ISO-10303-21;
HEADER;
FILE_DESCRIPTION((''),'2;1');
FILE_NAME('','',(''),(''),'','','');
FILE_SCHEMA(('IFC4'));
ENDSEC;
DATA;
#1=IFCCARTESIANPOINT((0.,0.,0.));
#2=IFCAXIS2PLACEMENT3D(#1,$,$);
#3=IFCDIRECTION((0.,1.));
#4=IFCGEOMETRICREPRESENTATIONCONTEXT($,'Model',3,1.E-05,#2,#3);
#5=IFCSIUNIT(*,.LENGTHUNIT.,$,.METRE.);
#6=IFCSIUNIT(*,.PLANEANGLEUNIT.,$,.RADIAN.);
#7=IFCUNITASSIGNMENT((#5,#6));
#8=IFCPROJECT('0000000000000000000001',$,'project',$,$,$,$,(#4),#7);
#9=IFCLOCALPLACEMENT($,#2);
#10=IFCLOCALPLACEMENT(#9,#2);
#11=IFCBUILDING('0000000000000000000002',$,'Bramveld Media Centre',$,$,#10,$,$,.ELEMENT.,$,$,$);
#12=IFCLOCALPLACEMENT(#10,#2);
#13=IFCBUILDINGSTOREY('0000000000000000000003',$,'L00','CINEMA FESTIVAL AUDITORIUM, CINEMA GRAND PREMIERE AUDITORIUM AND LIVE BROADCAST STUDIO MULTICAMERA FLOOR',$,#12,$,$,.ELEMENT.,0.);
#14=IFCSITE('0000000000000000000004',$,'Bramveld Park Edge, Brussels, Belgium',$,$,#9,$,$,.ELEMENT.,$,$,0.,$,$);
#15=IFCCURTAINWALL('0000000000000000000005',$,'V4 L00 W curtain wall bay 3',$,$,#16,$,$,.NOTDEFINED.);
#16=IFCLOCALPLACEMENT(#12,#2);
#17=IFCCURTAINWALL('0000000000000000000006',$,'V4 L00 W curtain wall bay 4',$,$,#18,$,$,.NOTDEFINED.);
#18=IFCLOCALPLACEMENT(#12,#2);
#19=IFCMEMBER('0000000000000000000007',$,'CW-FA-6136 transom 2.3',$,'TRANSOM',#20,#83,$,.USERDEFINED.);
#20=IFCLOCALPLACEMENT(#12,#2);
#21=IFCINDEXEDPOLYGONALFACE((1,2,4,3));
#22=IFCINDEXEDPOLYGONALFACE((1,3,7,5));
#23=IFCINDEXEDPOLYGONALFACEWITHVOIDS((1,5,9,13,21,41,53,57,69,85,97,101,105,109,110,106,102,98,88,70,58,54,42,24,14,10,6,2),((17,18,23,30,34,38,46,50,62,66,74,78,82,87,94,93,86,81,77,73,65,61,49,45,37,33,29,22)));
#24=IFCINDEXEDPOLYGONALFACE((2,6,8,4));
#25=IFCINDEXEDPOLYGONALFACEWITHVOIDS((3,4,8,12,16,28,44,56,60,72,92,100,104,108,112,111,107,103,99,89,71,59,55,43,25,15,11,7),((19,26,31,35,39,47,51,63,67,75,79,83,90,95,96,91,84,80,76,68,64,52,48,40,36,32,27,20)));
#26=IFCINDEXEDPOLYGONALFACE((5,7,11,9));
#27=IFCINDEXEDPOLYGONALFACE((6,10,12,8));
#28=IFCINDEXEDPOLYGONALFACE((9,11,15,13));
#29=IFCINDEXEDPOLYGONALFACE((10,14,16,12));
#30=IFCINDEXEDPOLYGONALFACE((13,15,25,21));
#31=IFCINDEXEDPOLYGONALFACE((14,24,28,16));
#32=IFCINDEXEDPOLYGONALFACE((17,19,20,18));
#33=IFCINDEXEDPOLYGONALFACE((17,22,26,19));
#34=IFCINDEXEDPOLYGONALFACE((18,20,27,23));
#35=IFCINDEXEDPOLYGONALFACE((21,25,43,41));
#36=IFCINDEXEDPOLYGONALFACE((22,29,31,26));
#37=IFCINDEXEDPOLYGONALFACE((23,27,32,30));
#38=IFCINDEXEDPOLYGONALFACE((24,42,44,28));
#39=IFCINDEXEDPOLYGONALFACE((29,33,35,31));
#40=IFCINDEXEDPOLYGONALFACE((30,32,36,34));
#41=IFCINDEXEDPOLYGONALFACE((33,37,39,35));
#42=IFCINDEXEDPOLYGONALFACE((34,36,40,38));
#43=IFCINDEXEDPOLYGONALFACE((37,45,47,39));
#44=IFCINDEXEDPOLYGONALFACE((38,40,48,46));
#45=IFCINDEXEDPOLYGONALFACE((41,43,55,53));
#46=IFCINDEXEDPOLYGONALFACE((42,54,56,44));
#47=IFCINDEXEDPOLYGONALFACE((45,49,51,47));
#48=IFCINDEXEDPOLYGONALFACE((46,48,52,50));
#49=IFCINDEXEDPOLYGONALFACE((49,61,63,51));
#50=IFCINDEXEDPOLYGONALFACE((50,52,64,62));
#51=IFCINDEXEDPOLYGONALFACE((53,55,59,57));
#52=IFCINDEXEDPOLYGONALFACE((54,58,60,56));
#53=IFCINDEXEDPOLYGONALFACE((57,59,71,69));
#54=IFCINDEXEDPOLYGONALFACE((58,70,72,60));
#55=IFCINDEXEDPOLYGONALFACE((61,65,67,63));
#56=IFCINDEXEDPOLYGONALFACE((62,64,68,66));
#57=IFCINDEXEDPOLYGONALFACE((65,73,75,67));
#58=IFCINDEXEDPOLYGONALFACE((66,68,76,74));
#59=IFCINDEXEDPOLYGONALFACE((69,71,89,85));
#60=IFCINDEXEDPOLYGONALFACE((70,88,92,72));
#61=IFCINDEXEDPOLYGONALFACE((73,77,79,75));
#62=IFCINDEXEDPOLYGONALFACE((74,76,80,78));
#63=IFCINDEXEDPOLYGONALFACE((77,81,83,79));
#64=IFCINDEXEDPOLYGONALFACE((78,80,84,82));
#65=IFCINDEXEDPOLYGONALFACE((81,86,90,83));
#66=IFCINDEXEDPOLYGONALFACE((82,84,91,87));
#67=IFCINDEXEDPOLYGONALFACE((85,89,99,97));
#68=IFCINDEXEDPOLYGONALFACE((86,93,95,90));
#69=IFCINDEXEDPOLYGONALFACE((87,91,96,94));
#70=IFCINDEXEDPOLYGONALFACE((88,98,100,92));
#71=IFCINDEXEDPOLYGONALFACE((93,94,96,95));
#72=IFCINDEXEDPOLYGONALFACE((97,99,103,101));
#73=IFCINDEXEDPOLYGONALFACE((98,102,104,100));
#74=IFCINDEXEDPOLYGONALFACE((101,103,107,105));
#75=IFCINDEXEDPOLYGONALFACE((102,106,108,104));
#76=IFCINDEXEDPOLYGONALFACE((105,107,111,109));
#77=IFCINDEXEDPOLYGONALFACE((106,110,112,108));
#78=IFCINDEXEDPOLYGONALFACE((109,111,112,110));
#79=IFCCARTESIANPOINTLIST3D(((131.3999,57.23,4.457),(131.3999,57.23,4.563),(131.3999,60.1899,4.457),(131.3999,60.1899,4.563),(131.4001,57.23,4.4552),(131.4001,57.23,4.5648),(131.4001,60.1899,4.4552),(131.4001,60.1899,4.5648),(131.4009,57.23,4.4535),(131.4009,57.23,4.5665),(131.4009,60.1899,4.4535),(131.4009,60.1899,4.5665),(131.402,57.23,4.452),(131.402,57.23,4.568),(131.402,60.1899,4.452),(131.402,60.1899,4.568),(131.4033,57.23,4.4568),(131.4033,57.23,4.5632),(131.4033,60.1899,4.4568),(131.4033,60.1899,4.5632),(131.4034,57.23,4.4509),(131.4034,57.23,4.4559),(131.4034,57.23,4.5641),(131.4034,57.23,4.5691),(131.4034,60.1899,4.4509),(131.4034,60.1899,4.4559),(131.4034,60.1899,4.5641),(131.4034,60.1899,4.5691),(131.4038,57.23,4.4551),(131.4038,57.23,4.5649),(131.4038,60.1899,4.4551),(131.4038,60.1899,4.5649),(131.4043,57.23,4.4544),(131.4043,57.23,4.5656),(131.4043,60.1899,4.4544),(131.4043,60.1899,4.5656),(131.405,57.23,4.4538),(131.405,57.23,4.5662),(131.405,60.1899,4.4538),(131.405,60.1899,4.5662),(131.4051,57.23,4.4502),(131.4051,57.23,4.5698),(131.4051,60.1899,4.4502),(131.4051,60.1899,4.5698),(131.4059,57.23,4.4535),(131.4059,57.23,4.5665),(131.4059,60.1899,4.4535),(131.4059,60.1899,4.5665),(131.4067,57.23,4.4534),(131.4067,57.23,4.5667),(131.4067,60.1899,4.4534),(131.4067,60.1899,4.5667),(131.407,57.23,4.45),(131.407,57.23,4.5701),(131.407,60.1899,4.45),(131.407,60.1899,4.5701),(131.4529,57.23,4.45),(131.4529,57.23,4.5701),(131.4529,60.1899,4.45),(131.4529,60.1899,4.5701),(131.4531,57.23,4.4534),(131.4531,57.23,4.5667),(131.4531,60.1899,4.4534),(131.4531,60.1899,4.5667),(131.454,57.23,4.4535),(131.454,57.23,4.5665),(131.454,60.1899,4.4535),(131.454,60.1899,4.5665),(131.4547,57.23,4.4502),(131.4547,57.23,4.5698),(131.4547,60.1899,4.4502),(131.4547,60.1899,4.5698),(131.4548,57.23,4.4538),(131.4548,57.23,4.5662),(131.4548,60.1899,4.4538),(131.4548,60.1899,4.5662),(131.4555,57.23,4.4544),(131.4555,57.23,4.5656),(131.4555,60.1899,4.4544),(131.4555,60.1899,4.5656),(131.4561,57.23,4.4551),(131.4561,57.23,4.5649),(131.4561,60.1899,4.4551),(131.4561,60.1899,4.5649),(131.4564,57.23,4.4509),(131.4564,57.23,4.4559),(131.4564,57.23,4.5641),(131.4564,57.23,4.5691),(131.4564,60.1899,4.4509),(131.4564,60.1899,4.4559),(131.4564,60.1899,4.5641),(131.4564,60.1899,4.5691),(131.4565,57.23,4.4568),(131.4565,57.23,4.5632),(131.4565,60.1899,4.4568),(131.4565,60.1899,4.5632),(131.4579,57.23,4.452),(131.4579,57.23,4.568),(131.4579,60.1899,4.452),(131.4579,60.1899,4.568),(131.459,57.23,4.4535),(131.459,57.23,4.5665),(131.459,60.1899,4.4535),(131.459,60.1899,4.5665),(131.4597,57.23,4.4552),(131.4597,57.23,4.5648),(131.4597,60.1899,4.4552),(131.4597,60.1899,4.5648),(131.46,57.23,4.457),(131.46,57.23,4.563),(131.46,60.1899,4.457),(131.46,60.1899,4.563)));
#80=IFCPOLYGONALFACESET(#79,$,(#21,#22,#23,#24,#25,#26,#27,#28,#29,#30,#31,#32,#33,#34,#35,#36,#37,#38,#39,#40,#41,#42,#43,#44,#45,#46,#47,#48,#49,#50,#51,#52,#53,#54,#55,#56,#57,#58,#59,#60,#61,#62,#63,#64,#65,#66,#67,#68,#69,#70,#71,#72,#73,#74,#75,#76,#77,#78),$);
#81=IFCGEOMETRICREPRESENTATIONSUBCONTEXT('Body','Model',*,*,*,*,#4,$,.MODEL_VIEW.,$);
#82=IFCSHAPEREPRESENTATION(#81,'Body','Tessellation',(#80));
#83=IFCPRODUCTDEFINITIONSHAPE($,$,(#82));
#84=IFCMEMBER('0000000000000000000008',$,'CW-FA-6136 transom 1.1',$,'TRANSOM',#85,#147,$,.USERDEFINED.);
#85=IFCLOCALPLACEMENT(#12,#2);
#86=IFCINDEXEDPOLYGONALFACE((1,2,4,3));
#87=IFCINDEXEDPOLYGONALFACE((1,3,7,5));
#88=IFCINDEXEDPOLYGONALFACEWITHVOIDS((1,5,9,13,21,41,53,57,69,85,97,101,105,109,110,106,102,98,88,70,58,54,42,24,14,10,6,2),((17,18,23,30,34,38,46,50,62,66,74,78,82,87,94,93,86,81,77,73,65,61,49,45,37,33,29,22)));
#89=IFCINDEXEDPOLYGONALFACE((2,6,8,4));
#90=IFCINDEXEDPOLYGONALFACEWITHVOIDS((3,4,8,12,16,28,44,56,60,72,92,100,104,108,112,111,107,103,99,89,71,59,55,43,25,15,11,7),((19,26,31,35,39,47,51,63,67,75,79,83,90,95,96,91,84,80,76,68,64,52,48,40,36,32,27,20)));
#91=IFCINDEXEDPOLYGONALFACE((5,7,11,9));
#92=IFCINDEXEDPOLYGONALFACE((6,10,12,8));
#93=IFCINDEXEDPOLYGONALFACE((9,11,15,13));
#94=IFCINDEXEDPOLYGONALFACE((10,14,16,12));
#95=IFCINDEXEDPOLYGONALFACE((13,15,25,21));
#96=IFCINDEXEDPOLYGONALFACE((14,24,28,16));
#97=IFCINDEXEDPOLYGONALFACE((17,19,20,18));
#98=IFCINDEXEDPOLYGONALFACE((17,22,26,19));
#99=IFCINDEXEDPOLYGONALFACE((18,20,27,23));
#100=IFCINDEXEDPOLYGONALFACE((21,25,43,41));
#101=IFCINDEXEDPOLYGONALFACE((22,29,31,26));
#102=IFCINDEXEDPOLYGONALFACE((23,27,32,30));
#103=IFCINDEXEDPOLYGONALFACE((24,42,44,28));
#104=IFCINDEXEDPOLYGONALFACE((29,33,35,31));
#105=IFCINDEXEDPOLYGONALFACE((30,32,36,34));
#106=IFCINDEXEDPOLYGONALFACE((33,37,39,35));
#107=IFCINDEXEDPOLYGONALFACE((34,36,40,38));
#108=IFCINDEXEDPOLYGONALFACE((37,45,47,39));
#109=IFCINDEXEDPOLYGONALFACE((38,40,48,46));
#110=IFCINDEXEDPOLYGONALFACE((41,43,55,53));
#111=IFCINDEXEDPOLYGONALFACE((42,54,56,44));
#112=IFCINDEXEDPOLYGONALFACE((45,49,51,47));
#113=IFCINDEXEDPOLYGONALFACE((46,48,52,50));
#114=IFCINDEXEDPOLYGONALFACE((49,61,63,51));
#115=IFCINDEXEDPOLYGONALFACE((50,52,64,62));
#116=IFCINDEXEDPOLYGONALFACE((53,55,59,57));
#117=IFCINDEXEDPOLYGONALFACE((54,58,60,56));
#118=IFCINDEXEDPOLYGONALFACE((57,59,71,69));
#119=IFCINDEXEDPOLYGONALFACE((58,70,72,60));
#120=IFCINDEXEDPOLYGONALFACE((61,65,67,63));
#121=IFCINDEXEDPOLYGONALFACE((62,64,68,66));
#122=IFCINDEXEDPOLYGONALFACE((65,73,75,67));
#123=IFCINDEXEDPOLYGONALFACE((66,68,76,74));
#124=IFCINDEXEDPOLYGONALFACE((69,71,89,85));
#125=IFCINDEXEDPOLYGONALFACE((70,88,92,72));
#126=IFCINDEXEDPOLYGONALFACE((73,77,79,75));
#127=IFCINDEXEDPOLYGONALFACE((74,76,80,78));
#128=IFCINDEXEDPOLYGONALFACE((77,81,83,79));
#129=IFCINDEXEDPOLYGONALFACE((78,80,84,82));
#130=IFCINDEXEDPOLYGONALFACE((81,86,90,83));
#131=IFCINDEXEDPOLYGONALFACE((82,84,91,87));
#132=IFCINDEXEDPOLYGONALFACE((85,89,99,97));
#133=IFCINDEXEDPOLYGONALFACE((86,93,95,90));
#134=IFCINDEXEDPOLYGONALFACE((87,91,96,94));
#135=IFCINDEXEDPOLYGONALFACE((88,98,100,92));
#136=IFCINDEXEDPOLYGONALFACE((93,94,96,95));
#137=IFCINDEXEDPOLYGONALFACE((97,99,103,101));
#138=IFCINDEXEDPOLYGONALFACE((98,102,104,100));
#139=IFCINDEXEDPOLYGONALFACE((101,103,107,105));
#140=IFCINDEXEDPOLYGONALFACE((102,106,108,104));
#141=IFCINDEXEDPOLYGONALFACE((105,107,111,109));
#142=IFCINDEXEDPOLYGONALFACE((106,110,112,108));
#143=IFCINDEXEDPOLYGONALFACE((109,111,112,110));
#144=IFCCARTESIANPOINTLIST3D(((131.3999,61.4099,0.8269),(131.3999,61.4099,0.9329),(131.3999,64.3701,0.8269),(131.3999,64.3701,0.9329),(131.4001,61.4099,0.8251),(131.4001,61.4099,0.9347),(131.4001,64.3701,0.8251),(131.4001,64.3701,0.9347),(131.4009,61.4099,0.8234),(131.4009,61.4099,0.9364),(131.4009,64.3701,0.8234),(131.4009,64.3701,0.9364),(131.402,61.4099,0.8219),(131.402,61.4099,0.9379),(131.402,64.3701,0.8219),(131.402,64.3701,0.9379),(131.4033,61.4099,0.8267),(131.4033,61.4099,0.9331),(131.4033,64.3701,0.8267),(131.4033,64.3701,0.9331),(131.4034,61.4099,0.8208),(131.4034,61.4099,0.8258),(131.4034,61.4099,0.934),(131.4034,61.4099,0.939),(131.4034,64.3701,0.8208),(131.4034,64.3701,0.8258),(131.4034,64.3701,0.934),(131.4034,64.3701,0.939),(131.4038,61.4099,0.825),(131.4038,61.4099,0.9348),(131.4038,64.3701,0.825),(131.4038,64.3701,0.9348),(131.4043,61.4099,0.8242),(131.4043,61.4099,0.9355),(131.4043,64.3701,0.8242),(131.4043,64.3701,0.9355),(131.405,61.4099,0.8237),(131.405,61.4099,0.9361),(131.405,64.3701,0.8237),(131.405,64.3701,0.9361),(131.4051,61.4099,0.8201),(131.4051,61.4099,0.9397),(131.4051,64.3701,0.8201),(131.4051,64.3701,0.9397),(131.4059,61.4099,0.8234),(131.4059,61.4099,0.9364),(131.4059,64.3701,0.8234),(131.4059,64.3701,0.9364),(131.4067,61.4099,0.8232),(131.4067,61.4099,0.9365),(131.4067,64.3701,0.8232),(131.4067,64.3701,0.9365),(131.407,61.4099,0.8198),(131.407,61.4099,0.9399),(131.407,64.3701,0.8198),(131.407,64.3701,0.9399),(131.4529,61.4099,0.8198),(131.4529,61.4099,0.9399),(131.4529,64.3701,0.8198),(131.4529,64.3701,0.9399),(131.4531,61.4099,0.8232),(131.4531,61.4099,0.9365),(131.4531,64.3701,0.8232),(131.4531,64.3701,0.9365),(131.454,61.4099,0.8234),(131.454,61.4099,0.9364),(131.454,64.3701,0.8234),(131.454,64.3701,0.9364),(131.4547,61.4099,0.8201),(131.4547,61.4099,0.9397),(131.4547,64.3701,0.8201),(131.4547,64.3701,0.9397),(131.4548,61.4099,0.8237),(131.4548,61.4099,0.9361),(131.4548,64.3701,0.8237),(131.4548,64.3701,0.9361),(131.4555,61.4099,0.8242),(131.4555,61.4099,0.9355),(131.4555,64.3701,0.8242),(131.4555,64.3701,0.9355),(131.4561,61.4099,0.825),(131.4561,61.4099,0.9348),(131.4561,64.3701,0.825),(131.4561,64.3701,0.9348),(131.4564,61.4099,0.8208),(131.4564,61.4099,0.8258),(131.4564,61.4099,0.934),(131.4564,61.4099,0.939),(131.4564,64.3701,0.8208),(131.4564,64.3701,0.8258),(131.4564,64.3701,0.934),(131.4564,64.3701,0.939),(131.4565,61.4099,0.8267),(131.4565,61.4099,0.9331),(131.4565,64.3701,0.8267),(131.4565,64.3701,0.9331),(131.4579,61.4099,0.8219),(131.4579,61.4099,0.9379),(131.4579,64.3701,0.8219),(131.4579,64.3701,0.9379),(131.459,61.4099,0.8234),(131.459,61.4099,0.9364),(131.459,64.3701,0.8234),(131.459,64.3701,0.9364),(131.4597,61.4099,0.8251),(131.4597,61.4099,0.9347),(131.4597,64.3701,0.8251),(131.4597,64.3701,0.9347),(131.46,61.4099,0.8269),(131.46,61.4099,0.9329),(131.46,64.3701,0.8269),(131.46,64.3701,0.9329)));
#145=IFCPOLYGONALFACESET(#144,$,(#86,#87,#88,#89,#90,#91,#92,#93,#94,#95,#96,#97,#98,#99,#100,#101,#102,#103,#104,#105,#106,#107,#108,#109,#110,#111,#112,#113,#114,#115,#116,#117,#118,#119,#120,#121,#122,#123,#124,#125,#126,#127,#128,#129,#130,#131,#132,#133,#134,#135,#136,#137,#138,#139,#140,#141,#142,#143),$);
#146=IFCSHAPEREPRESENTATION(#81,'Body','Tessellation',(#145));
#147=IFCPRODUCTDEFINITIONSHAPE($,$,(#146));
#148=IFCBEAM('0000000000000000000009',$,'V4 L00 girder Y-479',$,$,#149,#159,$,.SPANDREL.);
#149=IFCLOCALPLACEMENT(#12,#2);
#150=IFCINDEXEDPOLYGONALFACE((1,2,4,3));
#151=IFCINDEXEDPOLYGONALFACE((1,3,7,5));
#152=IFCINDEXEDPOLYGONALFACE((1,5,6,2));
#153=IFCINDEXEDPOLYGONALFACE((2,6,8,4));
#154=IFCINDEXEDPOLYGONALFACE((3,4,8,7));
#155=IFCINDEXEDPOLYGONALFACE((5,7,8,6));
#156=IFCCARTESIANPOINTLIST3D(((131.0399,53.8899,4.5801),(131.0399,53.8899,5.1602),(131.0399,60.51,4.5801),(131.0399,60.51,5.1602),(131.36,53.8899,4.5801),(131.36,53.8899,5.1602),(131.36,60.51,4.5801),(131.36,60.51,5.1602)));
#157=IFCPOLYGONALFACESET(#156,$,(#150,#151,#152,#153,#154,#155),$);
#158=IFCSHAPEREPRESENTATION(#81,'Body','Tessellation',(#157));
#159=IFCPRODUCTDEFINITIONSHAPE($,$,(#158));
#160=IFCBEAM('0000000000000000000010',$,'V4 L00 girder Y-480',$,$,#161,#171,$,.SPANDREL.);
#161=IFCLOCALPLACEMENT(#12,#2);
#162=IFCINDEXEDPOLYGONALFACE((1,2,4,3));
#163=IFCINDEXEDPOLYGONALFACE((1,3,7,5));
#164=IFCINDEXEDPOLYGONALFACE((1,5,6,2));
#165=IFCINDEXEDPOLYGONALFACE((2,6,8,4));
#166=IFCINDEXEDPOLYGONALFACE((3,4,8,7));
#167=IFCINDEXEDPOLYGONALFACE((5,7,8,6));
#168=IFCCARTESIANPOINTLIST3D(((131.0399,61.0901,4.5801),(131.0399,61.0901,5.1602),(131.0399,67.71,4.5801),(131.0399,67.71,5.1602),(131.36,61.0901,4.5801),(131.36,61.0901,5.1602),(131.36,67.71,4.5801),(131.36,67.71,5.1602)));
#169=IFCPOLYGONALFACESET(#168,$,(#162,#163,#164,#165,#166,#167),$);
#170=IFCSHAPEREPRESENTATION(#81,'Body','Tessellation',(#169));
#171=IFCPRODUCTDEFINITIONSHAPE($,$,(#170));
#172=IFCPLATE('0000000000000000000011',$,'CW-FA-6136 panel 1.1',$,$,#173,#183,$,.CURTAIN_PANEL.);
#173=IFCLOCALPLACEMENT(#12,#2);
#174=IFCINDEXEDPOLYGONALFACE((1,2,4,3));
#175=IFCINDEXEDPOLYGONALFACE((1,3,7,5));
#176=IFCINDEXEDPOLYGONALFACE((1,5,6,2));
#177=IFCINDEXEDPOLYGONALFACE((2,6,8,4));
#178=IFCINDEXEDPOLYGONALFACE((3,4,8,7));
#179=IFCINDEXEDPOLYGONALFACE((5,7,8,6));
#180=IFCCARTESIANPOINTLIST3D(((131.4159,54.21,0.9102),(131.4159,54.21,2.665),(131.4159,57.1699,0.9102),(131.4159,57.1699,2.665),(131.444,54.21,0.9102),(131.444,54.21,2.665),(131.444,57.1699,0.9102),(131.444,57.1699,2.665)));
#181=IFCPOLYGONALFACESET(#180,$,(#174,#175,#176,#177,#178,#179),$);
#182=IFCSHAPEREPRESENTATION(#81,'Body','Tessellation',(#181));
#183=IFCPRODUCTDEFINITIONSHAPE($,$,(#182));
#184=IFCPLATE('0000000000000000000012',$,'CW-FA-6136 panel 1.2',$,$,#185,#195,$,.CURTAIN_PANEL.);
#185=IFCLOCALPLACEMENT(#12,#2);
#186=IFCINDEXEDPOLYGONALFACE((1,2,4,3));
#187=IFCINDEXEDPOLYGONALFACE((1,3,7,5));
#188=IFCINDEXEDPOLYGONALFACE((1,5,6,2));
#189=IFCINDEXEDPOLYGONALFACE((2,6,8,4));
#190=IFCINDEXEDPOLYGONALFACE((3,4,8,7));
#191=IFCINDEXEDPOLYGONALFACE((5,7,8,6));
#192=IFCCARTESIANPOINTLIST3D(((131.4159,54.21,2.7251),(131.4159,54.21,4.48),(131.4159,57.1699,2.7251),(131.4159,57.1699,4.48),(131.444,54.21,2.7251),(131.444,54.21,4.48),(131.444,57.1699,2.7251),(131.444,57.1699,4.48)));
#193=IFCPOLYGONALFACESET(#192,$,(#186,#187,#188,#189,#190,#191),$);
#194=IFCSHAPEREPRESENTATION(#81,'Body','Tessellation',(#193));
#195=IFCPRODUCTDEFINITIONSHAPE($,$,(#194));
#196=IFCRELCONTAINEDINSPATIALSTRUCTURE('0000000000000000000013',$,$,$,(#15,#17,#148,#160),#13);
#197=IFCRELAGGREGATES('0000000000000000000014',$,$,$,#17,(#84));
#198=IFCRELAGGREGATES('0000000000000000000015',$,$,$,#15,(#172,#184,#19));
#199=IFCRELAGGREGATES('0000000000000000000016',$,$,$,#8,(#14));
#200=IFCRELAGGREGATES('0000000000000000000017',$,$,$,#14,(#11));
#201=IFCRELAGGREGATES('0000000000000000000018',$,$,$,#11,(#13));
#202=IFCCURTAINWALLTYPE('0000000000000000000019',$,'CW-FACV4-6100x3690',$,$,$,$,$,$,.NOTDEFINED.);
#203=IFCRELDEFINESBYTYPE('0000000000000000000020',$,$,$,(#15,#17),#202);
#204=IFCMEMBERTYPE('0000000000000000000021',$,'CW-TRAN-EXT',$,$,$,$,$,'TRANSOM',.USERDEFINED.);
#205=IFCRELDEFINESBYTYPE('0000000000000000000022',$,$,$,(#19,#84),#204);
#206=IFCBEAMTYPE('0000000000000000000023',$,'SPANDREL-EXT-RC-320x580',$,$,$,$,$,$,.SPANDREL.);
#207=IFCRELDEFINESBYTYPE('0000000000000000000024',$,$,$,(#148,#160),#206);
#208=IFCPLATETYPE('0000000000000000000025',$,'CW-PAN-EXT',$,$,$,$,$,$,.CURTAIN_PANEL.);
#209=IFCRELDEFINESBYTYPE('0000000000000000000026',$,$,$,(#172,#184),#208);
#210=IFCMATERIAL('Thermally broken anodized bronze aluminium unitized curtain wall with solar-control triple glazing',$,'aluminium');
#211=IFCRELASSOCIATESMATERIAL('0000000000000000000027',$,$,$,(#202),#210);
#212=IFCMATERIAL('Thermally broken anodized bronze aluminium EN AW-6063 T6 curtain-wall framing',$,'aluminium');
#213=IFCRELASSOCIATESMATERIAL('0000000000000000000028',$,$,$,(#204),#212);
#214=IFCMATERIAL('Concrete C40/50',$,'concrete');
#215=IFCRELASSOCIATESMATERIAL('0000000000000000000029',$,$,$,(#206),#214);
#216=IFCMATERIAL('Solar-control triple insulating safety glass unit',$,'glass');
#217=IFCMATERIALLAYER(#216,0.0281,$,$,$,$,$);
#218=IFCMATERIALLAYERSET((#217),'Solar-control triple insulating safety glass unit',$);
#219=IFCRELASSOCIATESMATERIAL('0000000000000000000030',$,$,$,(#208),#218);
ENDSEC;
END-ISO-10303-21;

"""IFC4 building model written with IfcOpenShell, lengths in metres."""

from ifc_helpers import new_model, si_unit, direction, frame, origin, origin_2d, place, context, subcontext, project, spatial, rectangle, hollow_rectangle, extrude, material, layer, layer_set, material_profile, profile_set, type_object, element, aggregate, save


model = new_model("IFC4")

# Units and contexts
model_context = context("Model", 3, precision=1e-05, world=origin(), true_north=direction((0.0, 1.0)))
body_context = subcontext(model_context, "Body", "Model", "MODEL_VIEW")
ifc_project = project(units=[si_unit("LENGTHUNIT", "METRE"), si_unit("PLANEANGLEUNIT", "RADIAN")], contexts=[model_context])

# Site, building, storey
site_placement = place(None, origin())
site = spatial("IfcSite", under=ifc_project, at=site_placement, Name="Bramveld Park Edge, Brussels, Belgium", CompositionType="ELEMENT", RefElevation=0.0)
building_placement = place(site_placement, origin())
building = spatial("IfcBuilding", under=site, at=building_placement, Name="Bramveld Media Centre", CompositionType="ELEMENT")
storey_placement = place(building_placement, origin())
storey = spatial("IfcBuildingStorey", under=building, at=storey_placement, Name="L00", Description="CINEMA FESTIVAL AUDITORIUM, CINEMA GRAND PREMIERE AUDITORIUM AND LIVE BROADCAST STUDIO MULTICAMERA FLOOR", CompositionType="ELEMENT", Elevation=0.0)

# Curtain wall
ifc_material_1 = material(Name="Thermally broken anodized bronze aluminium unitized curtain wall with solar-control triple glazing", Category="aluminium")
curtain_wall_type = type_object("IfcCurtainWallType", Name="CW-FACV4-6100x3690", PredefinedType="NOTDEFINED", material=ifc_material_1)
curtain_wall_1_placement = place(storey_placement, origin())
curtain_wall_1 = element("IfcCurtainWall", 1, at=curtain_wall_1_placement, inside=storey, type_object=curtain_wall_type, Name="V4 L00 W curtain wall bay 3", PredefinedType="NOTDEFINED")

# Curtain wall
curtain_wall_2_placement = place(storey_placement, origin())
curtain_wall_2 = element("IfcCurtainWall", 2, at=curtain_wall_2_placement, inside=storey, type_object=curtain_wall_type, Name="V4 L00 W curtain wall bay 4", PredefinedType="NOTDEFINED")

# Members
ifc_material_2 = material(Name="Thermally broken anodized bronze aluminium EN AW-6063 T6 curtain-wall framing", Category="aluminium")
ifc_material_profile_1 = material_profile(ifc_material_2, hollow_rectangle(XDim=0.0601, YDim=0.1201, WallThickness=0.0034, InnerFilletRadius=0.0034, OuterFilletRadius=0.0071, at=origin_2d()), Name="AL-TRAN 60x120")
ifc_profile_set_1 = profile_set([ifc_material_profile_1], Name="Thermally broken anodized bronze aluminium EN AW-6063 T6 curtain-wall framing")
member_type_1 = type_object("IfcMemberType", Name="CW-TRAN-EXT", ElementType="TRANSOM", PredefinedType="USERDEFINED", material=ifc_profile_set_1)
member_1_placement = place(storey_placement, frame((131.4299, 57.23, 4.51), z_axis=(0.0, 1.0, 0.0), x_axis=(-1.0, 0.0, 0.0)))
member_1 = element("IfcMember", 3, at=member_1_placement, type_object=member_type_1, Name="CW-FA-6136 transom 2.3", ObjectType="TRANSOM", PredefinedType="USERDEFINED", context=body_context, shape_type="SweptSolid", body=[
    extrude(hollow_rectangle(XDim=0.0601, YDim=0.1201, WallThickness=0.0034, InnerFilletRadius=0.0034, OuterFilletRadius=0.0071, at=origin_2d()), origin(), (0.0, 0.0, 1.0), 2.96),
])
member_2_placement = place(storey_placement, frame((131.4299, 61.4099, 0.8799), z_axis=(0.0, 1.0, 0.0), x_axis=(-1.0, 0.0, 0.0)))
member_2 = element("IfcMember", 4, at=member_2_placement, type_object=member_type_1, Name="CW-FA-6136 transom 1.1", ObjectType="TRANSOM", PredefinedType="USERDEFINED", context=body_context, shape_type="SweptSolid", body=[
    extrude(hollow_rectangle(XDim=0.0601, YDim=0.1201, WallThickness=0.0034, InnerFilletRadius=0.0034, OuterFilletRadius=0.0071, at=origin_2d()), origin(), (0.0, 0.0, 1.0), 2.9602),
])
aggregate(curtain_wall_2, [member_2])

# Beams
ifc_material_3 = material(Name="Concrete C40/50", Category="concrete")
ifc_material_profile_2 = material_profile(ifc_material_3, rectangle(XDim=0.3201, YDim=0.5801, at=origin_2d()), Name="RC 320x580")
ifc_profile_set_2 = profile_set([ifc_material_profile_2], Name="Concrete C40/50")
beam_type_1 = type_object("IfcBeamType", Name="SPANDREL-EXT-RC-320x580", PredefinedType="SPANDREL", material=ifc_profile_set_2)
beam_1_placement = place(storey_placement, frame((131.2, 53.8899, 4.8701), z_axis=(0.0, 1.0, 0.0), x_axis=(-1.0, 0.0, 0.0)))
element("IfcBeam", 5, at=beam_1_placement, inside=storey, type_object=beam_type_1, Name="V4 L00 girder Y-479", PredefinedType="SPANDREL", context=body_context, shape_type="SweptSolid", body=[
    extrude(rectangle(XDim=0.3201, YDim=0.5801, at=origin_2d()), origin(), (0.0, 0.0, 1.0), 6.6201),
])
beam_2_placement = place(storey_placement, frame((131.2, 61.0901, 4.8701), z_axis=(0.0, 1.0, 0.0), x_axis=(-1.0, 0.0, 0.0)))
element("IfcBeam", 6, at=beam_2_placement, inside=storey, type_object=beam_type_1, Name="V4 L00 girder Y-480", PredefinedType="SPANDREL", context=body_context, shape_type="SweptSolid", body=[
    extrude(rectangle(XDim=0.3201, YDim=0.5801, at=origin_2d()), origin(), (0.0, 0.0, 1.0), 6.6199),
])

# Plates
ifc_material_4 = material(Name="Solar-control triple insulating safety glass unit", Category="glass")
ifc_layer_1 = layer(ifc_material_4, 0.0281)
ifc_layer_set_1 = layer_set([ifc_layer_1], Name="Solar-control triple insulating safety glass unit")
plate_type = type_object("IfcPlateType", Name="CW-PAN-EXT", PredefinedType="CURTAIN_PANEL", material=ifc_layer_set_1)
plate_1_placement = place(storey_placement, frame((131.4299, 55.6899, 0.9102), z_axis=(0.0, 0.0, 1.0), x_axis=(0.0, 1.0, 0.0)))
plate_1 = element("IfcPlate", 7, at=plate_1_placement, type_object=plate_type, Name="CW-FA-6136 panel 1.1", PredefinedType="CURTAIN_PANEL", context=body_context, shape_type="SweptSolid", body=[
    extrude(rectangle(XDim=2.96, YDim=0.0281, at=origin_2d()), origin(), (0.0, 0.0, 1.0), 1.7549),
])
plate_2_placement = place(storey_placement, frame((131.4299, 55.6899, 2.7251), z_axis=(0.0, 0.0, 1.0), x_axis=(0.0, 1.0, 0.0)))
plate_2 = element("IfcPlate", 8, at=plate_2_placement, type_object=plate_type, Name="CW-FA-6136 panel 1.2", PredefinedType="CURTAIN_PANEL", context=body_context, shape_type="SweptSolid", body=[
    extrude(rectangle(XDim=2.96, YDim=0.0281, at=origin_2d()), origin(), (0.0, 0.0, 1.0), 1.7549),
])
aggregate(curtain_wall_1, [plate_1, plate_2, member_1])

save(model, "model.ifc")
